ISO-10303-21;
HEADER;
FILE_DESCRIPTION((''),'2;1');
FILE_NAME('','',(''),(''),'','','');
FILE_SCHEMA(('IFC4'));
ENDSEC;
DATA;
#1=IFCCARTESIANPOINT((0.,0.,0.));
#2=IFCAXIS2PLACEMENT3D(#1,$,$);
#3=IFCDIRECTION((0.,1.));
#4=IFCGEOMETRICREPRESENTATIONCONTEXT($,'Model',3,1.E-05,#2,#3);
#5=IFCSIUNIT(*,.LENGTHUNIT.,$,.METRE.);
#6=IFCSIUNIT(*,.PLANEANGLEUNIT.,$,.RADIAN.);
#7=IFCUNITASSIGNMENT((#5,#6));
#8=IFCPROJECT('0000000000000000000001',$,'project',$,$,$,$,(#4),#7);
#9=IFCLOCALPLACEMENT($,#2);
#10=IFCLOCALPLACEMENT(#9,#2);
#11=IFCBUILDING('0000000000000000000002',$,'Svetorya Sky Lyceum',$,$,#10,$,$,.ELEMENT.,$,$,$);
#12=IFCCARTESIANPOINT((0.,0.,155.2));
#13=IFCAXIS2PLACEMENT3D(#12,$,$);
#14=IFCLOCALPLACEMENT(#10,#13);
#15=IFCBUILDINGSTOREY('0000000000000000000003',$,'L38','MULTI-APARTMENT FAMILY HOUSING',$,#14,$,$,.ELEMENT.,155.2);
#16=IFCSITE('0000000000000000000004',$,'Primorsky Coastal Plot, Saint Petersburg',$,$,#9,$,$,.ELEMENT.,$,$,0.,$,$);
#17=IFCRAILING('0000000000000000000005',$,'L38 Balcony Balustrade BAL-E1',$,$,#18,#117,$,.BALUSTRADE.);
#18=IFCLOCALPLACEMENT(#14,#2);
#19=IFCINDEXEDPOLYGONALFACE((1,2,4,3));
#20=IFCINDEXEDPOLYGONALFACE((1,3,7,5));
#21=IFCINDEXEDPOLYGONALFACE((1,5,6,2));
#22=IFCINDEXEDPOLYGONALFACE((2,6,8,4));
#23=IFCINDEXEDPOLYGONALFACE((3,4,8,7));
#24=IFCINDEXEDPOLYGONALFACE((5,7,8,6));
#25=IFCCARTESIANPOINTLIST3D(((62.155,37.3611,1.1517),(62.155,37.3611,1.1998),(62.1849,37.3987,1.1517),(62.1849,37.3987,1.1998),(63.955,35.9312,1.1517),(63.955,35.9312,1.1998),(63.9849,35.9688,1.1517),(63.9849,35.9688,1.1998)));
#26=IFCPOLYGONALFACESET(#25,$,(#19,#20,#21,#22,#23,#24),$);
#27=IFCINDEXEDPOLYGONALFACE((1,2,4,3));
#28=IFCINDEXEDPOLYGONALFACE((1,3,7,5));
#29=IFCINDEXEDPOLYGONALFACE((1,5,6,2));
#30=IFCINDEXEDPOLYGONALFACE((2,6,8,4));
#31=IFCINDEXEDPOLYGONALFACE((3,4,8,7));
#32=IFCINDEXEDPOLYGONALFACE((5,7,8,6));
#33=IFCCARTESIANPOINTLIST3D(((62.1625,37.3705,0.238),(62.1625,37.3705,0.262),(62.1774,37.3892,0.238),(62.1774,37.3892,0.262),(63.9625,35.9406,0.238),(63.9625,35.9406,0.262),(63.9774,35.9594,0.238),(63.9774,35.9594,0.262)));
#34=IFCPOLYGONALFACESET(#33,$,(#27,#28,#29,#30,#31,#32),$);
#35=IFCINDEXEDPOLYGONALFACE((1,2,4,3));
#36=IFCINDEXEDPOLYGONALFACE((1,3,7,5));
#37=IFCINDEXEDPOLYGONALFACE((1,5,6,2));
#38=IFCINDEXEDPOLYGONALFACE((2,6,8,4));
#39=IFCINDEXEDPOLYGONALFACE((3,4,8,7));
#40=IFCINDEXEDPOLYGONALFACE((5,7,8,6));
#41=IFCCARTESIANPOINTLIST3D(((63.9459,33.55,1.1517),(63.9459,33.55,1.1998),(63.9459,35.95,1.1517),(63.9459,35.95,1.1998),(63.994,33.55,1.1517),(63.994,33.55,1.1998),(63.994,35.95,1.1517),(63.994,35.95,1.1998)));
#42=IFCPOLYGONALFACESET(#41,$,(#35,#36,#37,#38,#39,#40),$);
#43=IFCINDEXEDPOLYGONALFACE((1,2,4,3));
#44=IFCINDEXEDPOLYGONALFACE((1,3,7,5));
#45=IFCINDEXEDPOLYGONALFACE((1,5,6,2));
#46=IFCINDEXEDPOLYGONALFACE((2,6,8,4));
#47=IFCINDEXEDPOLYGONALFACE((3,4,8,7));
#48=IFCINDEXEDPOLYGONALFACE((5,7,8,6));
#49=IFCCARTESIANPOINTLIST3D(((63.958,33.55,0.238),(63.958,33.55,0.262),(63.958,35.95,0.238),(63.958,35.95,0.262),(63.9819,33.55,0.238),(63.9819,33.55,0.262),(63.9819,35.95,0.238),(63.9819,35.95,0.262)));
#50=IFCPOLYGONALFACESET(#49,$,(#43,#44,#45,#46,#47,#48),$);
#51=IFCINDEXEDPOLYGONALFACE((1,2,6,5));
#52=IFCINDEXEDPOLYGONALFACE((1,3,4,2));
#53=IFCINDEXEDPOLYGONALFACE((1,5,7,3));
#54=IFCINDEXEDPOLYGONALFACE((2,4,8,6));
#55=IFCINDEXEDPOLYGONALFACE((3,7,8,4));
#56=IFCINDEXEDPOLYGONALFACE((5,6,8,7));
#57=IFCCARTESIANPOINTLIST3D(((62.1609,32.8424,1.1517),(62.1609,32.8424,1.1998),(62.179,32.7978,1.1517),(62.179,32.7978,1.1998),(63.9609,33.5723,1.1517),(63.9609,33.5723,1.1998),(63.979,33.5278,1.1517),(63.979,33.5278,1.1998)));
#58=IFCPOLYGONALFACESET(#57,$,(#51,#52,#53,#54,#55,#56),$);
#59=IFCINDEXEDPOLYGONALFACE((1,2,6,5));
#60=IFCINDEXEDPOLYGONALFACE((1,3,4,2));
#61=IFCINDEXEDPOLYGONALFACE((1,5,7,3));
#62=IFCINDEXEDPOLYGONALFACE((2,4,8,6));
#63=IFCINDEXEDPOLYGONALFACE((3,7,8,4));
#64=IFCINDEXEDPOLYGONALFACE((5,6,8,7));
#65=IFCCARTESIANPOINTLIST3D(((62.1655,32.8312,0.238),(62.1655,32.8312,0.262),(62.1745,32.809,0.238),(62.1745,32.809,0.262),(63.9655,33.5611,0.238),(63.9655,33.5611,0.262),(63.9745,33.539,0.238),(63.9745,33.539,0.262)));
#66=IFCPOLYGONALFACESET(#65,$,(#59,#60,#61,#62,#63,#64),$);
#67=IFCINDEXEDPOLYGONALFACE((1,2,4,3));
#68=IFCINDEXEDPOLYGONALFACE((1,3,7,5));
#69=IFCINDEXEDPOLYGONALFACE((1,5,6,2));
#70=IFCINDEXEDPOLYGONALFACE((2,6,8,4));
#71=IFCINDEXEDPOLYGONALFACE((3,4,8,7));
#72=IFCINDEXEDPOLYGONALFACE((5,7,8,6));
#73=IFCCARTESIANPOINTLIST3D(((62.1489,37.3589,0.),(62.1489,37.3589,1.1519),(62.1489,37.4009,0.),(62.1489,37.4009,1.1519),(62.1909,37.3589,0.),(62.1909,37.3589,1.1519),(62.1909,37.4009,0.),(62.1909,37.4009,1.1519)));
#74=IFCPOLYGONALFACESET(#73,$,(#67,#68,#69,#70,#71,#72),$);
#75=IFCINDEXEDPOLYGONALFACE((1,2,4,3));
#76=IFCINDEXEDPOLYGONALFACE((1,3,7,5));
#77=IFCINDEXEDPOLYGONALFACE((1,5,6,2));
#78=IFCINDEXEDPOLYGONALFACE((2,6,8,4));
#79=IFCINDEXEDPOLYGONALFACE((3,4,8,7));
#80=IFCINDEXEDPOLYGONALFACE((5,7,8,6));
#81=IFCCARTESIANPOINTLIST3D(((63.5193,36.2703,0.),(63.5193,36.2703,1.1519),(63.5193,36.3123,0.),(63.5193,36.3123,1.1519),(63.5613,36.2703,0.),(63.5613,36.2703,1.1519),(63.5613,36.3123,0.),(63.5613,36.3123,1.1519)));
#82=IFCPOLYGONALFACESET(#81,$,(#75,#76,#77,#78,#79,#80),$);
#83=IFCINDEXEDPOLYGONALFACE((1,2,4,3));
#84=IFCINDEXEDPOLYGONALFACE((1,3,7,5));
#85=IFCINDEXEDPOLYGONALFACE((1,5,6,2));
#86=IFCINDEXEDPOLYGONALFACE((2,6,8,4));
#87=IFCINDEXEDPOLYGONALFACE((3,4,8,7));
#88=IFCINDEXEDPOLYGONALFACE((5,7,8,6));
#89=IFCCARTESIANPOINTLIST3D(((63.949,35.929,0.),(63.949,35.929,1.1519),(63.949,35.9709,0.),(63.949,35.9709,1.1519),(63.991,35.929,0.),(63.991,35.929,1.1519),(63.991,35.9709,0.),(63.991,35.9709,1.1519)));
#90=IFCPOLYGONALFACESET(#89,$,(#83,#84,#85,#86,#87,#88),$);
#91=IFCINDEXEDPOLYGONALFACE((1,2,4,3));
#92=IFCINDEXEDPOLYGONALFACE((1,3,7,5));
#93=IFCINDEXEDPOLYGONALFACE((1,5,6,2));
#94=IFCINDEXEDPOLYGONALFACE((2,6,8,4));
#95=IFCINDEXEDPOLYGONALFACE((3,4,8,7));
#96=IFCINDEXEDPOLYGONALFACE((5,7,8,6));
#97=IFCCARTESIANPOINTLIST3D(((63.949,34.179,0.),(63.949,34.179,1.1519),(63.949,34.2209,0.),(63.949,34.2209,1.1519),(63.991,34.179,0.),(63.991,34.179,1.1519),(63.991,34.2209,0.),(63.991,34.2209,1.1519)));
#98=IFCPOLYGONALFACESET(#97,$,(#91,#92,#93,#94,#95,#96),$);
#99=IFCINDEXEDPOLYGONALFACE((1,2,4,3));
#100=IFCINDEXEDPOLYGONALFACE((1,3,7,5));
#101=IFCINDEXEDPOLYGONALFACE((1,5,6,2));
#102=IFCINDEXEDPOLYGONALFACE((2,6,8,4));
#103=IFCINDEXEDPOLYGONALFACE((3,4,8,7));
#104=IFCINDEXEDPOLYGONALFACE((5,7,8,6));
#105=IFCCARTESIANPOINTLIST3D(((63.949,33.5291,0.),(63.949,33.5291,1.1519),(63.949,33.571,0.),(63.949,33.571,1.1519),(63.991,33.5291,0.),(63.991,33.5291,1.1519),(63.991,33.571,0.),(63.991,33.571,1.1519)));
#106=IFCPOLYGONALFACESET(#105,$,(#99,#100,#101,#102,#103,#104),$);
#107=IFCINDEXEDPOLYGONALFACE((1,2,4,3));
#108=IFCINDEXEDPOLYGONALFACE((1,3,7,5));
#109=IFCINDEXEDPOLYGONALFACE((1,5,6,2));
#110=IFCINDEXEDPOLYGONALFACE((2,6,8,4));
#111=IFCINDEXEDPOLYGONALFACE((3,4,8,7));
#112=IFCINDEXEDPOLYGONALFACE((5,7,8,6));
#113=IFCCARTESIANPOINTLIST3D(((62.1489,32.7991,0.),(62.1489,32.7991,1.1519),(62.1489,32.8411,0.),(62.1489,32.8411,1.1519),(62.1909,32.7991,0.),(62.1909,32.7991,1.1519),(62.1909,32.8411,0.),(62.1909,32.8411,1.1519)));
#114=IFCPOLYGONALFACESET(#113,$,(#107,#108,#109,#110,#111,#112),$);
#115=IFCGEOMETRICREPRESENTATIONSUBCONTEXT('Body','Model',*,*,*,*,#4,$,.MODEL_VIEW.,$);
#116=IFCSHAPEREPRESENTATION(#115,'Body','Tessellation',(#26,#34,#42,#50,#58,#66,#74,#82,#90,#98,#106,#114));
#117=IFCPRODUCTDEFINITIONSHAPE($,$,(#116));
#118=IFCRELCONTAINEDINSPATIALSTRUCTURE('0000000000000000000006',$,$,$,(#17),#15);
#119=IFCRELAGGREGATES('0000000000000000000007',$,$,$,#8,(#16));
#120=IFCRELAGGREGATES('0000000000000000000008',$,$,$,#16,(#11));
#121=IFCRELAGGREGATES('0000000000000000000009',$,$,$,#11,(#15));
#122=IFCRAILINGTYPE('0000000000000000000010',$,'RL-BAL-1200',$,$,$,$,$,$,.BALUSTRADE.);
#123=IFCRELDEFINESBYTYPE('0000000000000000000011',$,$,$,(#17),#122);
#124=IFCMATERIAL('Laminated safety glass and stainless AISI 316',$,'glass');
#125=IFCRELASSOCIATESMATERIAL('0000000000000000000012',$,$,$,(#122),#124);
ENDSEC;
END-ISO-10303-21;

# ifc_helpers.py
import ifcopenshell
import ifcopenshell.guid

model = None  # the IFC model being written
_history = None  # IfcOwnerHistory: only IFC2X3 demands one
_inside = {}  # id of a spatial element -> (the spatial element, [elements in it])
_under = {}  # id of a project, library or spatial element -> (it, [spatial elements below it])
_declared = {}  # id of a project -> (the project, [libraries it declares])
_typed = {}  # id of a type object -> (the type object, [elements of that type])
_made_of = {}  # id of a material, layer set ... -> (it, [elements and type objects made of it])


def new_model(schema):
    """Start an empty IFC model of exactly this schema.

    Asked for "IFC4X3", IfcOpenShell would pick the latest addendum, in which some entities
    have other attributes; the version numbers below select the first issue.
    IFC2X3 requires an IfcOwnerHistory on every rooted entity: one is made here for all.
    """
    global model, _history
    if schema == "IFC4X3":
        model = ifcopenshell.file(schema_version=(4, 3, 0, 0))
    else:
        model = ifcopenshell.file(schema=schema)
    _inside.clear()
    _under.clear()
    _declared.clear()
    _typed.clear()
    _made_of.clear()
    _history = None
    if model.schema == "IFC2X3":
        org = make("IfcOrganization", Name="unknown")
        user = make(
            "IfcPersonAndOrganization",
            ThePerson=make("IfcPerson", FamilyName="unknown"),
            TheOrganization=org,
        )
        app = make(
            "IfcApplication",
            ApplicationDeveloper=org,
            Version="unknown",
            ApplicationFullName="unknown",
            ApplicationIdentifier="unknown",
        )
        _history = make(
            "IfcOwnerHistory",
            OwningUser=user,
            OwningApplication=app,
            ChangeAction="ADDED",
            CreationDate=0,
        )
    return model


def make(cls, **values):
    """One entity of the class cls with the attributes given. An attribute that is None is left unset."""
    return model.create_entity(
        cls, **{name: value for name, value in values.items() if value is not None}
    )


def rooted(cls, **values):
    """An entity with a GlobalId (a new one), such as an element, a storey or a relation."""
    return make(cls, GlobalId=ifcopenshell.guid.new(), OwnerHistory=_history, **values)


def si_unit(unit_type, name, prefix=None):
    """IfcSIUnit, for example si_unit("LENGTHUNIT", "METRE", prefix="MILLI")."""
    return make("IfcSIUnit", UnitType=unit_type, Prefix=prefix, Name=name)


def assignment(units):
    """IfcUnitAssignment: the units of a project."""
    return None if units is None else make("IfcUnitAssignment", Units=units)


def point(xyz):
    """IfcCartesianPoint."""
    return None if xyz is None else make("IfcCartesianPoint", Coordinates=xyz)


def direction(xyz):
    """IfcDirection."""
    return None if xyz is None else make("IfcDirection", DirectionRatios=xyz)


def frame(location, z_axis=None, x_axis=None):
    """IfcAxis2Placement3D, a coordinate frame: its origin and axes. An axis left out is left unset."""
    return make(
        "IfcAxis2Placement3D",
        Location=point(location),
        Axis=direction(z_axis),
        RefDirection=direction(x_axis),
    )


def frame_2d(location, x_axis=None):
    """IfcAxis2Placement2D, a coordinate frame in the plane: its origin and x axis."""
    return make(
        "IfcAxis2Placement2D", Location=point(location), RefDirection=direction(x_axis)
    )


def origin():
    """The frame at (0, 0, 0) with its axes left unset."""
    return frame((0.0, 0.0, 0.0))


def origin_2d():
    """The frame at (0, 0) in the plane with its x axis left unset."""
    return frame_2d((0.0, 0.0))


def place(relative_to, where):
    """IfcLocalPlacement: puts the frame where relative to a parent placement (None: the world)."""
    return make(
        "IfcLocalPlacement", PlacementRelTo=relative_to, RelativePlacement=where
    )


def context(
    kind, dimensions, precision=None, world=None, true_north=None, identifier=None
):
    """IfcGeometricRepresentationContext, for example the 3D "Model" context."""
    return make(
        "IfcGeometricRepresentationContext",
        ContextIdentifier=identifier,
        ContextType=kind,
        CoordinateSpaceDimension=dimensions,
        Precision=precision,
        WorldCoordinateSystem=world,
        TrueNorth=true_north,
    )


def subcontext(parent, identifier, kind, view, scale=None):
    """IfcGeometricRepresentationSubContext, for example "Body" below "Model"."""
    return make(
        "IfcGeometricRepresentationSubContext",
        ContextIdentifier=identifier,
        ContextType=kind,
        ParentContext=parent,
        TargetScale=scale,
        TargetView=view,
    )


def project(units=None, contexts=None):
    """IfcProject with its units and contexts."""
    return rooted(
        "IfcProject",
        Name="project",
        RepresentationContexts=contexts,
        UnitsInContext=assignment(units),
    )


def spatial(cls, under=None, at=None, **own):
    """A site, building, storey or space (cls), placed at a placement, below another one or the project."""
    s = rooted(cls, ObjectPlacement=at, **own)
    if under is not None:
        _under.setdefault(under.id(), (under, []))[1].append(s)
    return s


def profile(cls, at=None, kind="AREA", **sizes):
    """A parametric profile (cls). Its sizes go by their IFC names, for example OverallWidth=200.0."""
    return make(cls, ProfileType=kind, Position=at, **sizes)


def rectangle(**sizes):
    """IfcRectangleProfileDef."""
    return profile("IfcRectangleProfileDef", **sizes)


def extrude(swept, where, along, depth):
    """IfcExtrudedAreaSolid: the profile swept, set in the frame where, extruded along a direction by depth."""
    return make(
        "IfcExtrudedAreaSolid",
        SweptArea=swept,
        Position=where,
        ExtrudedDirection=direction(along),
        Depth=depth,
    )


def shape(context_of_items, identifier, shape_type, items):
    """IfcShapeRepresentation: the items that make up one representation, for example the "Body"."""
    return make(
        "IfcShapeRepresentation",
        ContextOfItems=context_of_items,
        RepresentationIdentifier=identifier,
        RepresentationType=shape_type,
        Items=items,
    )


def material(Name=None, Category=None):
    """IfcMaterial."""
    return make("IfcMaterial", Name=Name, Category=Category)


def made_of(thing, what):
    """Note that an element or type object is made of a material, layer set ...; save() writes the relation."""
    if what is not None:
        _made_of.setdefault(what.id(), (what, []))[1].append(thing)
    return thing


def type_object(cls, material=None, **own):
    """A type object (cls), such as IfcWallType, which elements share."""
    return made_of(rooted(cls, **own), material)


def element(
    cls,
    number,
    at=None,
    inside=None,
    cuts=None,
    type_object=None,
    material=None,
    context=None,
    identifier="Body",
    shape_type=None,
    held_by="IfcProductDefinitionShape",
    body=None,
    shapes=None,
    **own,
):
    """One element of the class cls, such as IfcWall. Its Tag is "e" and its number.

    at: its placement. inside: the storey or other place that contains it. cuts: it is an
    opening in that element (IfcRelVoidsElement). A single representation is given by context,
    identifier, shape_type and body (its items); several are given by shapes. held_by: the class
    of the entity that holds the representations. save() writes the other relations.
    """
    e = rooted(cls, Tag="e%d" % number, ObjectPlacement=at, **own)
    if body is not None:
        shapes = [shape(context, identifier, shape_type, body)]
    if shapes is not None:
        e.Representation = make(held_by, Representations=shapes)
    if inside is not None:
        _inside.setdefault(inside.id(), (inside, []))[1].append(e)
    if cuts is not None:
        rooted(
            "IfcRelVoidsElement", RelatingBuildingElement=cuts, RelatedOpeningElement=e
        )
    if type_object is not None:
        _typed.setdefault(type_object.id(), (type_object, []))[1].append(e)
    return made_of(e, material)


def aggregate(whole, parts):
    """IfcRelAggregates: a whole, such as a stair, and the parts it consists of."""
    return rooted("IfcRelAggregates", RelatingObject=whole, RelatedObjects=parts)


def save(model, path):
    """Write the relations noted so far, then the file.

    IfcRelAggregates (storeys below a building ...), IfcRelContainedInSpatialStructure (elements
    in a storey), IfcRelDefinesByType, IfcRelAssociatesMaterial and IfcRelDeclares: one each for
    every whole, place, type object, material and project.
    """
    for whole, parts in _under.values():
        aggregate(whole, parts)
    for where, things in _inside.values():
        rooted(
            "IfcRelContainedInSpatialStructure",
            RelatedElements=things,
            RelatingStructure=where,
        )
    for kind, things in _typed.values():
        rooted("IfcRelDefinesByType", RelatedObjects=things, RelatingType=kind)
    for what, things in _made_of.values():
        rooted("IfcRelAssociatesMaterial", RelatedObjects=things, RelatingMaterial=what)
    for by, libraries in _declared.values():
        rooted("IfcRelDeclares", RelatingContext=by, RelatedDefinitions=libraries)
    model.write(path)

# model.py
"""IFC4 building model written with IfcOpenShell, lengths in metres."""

from ifc_helpers import new_model, si_unit, direction, frame, origin, origin_2d, place, context, subcontext, project, spatial, rectangle, extrude, material, type_object, element, save


model = new_model("IFC4")

# Units and contexts
model_context = context("Model", 3, precision=1e-05, world=origin(), true_north=direction((0.0, 1.0)))
body_context = subcontext(model_context, "Body", "Model", "MODEL_VIEW")
ifc_project = project(units=[si_unit("LENGTHUNIT", "METRE"), si_unit("PLANEANGLEUNIT", "RADIAN")], contexts=[model_context])

# Site, building, storey
site_placement = place(None, origin())
site = spatial("IfcSite", under=ifc_project, at=site_placement, Name="Primorsky Coastal Plot, Saint Petersburg", CompositionType="ELEMENT", RefElevation=0.0)
building_placement = place(site_placement, origin())
building = spatial("IfcBuilding", under=site, at=building_placement, Name="Svetorya Sky Lyceum", CompositionType="ELEMENT")
storey_placement = place(building_placement, frame((0.0, 0.0, 155.2)))
storey = spatial("IfcBuildingStorey", under=building, at=storey_placement, Name="L38", Description="MULTI-APARTMENT FAMILY HOUSING", CompositionType="ELEMENT", Elevation=155.2)

# Railing
ifc_material_1 = material(Name="Laminated safety glass and stainless AISI 316", Category="glass")
railing_type = type_object("IfcRailingType", Name="RL-BAL-1200", PredefinedType="BALUSTRADE", material=ifc_material_1)
railing_placement = place(storey_placement, frame((62.1699, 37.3799, 0.0)))
element("IfcRailing", 1, at=railing_placement, inside=storey, type_object=railing_type, Name="L38 Balcony Balustrade BAL-E1", PredefinedType="BALUSTRADE", context=body_context, shape_type="SweptSolid", body=[
    extrude(rectangle(XDim=0.0481, YDim=0.0481, at=origin_2d()), frame((0.0, 0.0, 1.1758), z_axis=(0.783009, -0.62201, 0.0), x_axis=(0.62201, 0.783009, 0.0)), (0.0, 0.0, 1.0), 2.2988),
    extrude(rectangle(XDim=0.0239, YDim=0.0239, at=origin_2d()), frame((0.0, 0.0, 0.25), z_axis=(0.783009, -0.62201, 0.0), x_axis=(0.62201, 0.783009, 0.0)), (0.0, 0.0, 1.0), 2.2988),
    extrude(rectangle(XDim=0.0481, YDim=0.0481, at=origin_2d()), frame((1.8, -1.4299, 1.1758), z_axis=(0.0, -1.0, 0.0), x_axis=(1.0, 0.0, 0.0)), (0.0, 0.0, 1.0), 2.3999),
    extrude(rectangle(XDim=0.0239, YDim=0.0239, at=origin_2d()), frame((1.8, -1.4299, 0.25), z_axis=(0.0, -1.0, 0.0), x_axis=(1.0, 0.0, 0.0)), (0.0, 0.0, 1.0), 2.3999),
    extrude(rectangle(XDim=0.0481, YDim=0.0481, at=origin_2d()), frame((1.8, -3.8298, 1.1758), z_axis=(-0.926698, -0.375807, 0.0), x_axis=(0.375807, -0.926698, 0.0)), (0.0, 0.0, 1.0), 1.9424),
    extrude(rectangle(XDim=0.0239, YDim=0.0239, at=origin_2d()), frame((1.8, -3.8298, 0.25), z_axis=(-0.926698, -0.375807, 0.0), x_axis=(0.375807, -0.926698, 0.0)), (0.0, 0.0, 1.0), 1.9424),
    extrude(rectangle(XDim=0.042, YDim=0.042, at=origin_2d()), origin(), (0.0, 0.0, 1.0), 1.1519),
    extrude(rectangle(XDim=0.042, YDim=0.042, at=origin_2d()), frame((1.3704, -1.0886, 0.0)), (0.0, 0.0, 1.0), 1.1519),
    extrude(rectangle(XDim=0.042, YDim=0.042, at=origin_2d()), frame((1.8, -1.4299, 0.0)), (0.0, 0.0, 1.0), 1.1519),
    extrude(rectangle(XDim=0.042, YDim=0.042, at=origin_2d()), frame((1.8, -3.1799, 0.0)), (0.0, 0.0, 1.0), 1.1519),
    extrude(rectangle(XDim=0.042, YDim=0.042, at=origin_2d()), frame((1.8, -3.8298, 0.0)), (0.0, 0.0, 1.0), 1.1519),
    extrude(rectangle(XDim=0.042, YDim=0.042, at=origin_2d()), frame((0.0, -4.5598, 0.0)), (0.0, 0.0, 1.0), 1.1519),
])

save(model, "model.ifc")
